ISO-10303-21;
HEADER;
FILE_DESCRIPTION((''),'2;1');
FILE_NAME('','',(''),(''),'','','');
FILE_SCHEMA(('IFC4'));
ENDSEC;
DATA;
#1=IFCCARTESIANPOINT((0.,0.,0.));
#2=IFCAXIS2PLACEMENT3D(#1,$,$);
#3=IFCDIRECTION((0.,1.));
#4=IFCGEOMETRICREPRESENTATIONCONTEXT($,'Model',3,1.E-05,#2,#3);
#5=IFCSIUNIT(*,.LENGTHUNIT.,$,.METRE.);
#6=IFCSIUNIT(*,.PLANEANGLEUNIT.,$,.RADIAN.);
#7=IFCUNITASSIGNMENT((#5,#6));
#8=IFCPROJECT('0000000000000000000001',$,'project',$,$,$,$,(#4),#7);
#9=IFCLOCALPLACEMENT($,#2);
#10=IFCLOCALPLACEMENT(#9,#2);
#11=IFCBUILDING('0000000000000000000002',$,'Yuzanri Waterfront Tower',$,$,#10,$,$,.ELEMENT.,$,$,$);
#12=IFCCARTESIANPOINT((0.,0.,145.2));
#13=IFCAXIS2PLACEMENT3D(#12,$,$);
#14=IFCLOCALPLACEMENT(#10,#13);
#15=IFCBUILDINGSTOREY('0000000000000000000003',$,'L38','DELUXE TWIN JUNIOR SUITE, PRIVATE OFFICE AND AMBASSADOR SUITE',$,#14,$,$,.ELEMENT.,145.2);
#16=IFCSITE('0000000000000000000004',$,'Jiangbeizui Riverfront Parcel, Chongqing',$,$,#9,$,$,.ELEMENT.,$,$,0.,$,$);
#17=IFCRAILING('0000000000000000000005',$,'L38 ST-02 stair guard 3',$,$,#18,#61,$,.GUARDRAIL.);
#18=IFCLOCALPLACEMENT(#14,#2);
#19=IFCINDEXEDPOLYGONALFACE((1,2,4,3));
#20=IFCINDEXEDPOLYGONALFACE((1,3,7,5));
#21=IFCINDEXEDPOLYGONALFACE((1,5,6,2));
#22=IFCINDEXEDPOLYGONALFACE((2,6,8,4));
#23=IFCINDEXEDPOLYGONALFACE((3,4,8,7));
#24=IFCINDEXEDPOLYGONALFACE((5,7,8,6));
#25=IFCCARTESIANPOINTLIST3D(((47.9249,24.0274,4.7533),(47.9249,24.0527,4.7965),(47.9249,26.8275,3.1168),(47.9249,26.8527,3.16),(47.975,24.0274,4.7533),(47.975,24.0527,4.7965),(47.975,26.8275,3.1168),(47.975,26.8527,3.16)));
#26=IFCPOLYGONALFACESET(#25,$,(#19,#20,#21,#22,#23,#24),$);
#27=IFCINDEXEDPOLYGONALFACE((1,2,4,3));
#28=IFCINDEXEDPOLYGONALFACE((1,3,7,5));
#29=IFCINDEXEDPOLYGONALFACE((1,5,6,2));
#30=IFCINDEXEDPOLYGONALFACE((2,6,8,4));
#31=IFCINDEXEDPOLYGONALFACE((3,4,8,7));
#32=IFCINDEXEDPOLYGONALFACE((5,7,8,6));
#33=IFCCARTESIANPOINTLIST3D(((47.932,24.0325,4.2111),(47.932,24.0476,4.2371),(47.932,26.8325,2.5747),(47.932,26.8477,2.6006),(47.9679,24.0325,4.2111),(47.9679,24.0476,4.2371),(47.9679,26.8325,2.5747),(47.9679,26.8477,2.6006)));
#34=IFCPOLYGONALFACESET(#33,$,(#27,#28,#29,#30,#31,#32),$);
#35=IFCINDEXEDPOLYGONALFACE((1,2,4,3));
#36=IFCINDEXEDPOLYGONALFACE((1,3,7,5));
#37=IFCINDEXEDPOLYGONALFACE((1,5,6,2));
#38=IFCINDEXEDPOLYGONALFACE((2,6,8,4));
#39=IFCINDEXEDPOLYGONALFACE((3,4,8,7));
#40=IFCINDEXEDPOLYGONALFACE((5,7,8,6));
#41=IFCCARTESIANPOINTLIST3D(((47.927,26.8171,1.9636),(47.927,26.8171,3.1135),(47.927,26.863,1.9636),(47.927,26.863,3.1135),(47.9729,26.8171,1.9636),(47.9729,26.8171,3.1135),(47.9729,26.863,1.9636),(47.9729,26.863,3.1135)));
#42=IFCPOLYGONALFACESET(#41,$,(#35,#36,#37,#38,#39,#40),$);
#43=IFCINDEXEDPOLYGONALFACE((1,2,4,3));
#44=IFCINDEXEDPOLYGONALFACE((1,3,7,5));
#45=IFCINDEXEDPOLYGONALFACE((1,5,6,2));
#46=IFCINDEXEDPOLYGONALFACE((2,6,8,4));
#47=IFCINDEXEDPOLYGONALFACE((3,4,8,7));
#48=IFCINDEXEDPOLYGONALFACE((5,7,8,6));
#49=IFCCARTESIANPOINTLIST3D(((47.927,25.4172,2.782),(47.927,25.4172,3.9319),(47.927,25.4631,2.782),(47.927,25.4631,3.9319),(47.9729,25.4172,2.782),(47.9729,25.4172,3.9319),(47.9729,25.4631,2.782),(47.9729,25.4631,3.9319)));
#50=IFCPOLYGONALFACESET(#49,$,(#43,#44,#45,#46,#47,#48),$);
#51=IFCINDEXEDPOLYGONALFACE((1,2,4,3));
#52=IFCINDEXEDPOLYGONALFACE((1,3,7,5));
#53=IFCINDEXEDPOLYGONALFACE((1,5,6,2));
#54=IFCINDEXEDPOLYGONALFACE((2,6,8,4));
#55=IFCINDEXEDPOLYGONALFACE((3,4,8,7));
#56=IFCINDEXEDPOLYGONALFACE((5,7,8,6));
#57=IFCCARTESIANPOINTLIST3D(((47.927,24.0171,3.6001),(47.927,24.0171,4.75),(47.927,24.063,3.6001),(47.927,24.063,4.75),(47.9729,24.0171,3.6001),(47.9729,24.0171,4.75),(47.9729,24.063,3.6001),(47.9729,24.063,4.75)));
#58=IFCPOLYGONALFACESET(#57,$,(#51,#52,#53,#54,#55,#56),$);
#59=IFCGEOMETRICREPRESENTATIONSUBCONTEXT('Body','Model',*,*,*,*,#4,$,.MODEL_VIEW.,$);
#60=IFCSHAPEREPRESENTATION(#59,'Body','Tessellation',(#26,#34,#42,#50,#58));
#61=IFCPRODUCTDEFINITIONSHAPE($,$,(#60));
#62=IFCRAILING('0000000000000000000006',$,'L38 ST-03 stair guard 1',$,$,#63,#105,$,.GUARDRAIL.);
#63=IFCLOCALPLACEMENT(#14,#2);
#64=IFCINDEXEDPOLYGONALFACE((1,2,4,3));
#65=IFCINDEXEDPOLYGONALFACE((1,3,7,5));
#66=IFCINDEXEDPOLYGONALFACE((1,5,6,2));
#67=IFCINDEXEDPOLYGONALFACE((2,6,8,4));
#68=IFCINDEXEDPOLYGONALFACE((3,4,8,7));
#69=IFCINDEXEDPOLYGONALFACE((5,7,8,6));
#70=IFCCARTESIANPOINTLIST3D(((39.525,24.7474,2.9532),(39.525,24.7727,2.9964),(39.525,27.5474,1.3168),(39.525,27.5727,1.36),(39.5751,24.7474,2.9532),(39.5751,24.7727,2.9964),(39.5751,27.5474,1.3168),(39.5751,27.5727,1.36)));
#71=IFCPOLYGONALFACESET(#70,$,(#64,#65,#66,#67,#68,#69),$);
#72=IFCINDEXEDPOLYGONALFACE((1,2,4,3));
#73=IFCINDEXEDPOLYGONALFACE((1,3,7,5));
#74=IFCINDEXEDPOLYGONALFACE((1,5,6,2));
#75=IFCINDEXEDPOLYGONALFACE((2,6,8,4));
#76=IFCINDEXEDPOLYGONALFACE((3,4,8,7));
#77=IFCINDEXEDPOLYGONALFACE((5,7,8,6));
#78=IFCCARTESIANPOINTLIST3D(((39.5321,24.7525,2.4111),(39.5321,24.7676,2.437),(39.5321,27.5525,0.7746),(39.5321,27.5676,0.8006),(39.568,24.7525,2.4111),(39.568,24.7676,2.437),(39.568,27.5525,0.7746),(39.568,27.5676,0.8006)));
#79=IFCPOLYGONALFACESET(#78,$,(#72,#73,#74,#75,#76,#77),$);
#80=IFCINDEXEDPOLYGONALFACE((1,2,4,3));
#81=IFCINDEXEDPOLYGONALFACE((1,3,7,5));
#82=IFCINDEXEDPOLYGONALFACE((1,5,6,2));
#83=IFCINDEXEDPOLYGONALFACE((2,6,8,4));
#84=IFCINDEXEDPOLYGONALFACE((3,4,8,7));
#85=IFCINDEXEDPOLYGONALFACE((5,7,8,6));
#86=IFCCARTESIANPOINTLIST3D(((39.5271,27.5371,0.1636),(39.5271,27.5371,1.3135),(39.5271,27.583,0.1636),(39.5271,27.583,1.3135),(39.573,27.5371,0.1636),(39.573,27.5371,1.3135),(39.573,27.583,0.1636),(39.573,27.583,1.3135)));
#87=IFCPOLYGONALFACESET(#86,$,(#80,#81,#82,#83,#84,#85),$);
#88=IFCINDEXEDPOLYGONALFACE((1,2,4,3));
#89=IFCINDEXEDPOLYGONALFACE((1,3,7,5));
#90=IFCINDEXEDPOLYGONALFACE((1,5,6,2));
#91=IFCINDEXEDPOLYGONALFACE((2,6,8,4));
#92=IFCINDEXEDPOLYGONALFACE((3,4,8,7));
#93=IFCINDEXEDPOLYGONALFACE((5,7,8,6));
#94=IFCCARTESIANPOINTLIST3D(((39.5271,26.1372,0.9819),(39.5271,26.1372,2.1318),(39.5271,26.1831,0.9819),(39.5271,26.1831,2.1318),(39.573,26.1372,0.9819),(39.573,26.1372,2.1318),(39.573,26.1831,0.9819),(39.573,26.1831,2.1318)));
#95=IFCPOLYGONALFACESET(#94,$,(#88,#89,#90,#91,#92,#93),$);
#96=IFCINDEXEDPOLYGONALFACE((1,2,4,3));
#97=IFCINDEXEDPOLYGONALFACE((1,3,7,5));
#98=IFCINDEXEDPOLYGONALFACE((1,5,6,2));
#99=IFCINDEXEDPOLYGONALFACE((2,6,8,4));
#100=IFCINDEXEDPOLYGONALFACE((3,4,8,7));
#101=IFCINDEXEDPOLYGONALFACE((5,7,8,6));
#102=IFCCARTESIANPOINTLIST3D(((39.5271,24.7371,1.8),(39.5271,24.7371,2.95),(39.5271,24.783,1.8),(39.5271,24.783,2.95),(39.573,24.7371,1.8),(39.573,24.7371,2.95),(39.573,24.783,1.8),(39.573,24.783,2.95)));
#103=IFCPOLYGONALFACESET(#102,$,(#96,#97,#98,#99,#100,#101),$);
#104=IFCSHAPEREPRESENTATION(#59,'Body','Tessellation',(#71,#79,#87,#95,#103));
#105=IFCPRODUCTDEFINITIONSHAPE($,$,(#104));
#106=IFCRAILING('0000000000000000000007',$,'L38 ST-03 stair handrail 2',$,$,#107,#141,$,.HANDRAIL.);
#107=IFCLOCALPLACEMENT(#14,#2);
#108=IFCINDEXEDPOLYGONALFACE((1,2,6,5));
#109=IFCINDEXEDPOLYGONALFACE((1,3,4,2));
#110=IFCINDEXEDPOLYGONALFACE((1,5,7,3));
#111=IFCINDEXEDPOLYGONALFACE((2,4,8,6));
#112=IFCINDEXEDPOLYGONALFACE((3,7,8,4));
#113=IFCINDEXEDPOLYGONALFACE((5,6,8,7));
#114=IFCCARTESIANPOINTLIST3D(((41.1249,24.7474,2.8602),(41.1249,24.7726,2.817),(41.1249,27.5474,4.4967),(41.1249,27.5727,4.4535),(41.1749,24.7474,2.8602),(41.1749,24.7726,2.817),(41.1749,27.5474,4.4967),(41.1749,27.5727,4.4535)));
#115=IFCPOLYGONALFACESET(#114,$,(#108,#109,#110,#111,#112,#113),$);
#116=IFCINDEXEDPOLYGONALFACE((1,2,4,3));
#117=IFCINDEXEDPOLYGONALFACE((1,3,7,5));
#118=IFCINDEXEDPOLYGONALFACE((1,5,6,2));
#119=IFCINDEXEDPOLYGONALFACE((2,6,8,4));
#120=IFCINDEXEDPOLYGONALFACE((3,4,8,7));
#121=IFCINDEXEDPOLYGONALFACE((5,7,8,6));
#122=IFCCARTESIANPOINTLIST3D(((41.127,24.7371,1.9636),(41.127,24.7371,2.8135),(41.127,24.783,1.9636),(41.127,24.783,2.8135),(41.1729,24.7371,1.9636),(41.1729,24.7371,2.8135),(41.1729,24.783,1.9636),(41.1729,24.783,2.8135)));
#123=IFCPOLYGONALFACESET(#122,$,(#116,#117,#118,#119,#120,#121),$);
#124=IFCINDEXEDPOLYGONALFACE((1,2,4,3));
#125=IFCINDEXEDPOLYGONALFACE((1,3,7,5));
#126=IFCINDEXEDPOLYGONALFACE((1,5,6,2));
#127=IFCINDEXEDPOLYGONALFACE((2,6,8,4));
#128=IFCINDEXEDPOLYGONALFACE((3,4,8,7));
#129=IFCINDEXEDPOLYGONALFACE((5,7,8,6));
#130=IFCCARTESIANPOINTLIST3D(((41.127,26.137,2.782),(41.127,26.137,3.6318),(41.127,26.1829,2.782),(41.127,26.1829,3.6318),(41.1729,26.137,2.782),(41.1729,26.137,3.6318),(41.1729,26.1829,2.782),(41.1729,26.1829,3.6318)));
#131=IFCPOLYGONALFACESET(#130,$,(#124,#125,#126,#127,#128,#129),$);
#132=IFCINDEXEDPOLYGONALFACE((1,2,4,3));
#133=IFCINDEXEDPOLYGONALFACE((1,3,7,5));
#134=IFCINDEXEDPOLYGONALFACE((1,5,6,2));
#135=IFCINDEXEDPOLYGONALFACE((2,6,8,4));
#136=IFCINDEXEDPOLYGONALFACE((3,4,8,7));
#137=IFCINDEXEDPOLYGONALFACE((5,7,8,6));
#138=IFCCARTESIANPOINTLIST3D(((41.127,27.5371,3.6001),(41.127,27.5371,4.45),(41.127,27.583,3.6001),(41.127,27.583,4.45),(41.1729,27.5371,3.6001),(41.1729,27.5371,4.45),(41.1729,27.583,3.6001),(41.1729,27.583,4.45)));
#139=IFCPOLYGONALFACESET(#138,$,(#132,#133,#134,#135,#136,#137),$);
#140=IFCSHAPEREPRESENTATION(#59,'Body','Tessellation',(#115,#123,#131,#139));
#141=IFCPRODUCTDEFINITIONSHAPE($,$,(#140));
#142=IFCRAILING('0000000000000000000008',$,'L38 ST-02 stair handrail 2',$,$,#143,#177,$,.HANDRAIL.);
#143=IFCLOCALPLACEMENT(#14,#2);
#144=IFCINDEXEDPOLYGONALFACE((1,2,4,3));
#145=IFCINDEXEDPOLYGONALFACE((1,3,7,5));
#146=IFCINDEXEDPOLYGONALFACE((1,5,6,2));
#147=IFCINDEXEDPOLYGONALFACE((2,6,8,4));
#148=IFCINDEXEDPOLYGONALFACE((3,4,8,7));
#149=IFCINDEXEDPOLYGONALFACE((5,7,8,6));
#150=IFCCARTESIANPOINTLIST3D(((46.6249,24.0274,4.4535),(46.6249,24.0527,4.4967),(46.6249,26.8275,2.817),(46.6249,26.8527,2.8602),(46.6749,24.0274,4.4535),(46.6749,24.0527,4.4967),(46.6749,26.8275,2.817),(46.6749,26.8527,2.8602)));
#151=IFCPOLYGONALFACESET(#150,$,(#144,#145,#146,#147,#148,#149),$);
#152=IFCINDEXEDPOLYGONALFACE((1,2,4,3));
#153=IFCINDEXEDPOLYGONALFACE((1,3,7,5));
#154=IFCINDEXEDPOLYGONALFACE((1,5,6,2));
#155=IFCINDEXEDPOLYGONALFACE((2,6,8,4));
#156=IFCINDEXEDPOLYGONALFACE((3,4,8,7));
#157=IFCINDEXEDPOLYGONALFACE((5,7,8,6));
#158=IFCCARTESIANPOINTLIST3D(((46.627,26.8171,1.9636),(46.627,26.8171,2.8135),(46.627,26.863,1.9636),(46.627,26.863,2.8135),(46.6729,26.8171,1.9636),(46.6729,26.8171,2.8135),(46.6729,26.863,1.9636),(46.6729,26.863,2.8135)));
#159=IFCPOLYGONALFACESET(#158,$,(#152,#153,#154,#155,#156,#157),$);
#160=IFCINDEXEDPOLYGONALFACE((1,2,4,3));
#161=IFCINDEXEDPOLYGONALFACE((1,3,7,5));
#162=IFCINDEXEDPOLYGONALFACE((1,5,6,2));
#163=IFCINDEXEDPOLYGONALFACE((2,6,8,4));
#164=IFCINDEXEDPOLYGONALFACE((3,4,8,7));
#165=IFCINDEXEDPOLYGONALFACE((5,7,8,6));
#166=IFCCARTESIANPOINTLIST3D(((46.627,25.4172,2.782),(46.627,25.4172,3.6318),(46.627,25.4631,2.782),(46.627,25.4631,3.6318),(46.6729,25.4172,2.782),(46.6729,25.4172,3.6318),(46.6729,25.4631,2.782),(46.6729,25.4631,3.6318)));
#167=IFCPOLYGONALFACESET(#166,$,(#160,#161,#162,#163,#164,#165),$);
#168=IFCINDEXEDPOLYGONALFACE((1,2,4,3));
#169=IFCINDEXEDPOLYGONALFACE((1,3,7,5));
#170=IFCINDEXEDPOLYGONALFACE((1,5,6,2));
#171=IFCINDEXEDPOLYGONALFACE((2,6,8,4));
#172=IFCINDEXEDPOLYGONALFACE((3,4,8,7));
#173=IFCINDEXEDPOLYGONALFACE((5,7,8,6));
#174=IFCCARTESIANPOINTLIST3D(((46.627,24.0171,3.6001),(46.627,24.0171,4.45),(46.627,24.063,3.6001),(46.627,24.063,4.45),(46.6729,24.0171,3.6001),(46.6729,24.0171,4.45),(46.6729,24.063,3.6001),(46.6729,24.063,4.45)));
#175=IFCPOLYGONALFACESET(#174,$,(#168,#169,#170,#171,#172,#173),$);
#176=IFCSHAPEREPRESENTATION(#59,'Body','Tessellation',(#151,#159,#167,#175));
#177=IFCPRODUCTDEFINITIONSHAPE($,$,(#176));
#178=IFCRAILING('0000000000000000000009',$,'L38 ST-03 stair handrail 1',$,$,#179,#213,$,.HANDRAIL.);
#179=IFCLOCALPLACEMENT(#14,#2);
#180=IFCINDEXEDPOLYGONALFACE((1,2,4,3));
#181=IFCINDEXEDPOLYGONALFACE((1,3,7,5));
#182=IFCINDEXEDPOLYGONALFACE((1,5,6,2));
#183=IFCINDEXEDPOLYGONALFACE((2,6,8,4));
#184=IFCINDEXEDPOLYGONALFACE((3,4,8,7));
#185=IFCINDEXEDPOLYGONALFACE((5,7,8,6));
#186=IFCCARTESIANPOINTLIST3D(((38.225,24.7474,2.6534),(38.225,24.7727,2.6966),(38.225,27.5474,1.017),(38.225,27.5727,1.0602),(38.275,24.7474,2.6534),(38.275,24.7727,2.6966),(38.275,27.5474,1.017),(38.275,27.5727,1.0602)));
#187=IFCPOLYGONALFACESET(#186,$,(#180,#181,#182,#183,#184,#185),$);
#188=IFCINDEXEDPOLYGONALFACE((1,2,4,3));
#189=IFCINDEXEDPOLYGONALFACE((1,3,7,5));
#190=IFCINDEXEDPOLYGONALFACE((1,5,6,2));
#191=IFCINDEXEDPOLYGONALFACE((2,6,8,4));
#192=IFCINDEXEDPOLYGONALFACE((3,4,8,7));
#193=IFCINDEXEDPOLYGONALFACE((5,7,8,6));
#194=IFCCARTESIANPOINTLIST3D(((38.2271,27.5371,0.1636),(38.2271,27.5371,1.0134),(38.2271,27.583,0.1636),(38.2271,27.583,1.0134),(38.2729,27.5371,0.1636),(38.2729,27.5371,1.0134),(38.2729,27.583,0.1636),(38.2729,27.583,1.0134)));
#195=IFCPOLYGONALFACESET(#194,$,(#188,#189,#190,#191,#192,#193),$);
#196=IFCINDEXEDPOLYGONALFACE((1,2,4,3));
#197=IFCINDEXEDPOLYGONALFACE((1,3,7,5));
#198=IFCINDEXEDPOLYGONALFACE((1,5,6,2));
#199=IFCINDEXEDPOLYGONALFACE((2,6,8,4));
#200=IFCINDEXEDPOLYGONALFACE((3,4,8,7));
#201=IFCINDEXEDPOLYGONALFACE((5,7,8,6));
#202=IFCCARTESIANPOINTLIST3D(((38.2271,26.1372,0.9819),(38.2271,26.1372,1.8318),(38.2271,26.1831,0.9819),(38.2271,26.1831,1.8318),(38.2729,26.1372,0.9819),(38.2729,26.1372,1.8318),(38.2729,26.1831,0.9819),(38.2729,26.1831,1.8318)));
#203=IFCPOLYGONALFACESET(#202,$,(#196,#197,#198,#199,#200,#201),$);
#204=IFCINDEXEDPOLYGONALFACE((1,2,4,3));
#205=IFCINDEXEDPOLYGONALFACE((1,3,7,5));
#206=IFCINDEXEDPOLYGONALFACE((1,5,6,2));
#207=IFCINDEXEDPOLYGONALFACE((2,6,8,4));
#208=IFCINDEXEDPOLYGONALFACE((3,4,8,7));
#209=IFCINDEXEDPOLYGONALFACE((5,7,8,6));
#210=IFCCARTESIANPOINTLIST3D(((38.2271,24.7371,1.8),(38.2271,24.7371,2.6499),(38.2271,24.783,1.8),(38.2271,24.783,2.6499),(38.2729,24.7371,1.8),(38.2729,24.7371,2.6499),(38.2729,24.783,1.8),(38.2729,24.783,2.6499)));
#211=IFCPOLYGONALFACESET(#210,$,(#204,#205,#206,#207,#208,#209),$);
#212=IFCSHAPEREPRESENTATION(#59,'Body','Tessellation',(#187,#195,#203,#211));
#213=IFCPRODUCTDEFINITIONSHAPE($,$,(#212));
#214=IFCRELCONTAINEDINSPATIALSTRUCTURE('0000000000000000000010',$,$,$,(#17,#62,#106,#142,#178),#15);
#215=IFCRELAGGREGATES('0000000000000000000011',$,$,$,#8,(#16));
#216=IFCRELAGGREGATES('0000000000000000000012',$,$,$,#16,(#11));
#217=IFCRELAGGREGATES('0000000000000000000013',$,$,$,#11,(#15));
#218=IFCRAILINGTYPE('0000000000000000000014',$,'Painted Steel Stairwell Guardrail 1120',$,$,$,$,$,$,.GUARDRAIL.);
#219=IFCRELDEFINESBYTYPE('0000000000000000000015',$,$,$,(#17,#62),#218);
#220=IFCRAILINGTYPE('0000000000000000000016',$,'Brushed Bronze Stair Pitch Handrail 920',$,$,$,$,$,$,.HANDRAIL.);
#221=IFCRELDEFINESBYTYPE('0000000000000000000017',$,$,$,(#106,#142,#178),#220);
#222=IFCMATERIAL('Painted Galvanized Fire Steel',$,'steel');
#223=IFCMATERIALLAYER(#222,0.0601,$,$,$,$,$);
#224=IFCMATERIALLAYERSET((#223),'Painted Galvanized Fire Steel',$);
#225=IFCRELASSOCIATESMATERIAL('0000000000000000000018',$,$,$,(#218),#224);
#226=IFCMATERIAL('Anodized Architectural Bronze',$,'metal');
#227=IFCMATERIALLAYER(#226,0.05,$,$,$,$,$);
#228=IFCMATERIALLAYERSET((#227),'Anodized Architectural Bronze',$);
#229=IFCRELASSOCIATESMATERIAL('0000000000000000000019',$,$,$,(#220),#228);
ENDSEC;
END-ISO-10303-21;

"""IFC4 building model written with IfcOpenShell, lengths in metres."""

from ifc_helpers import new_model, si_unit, direction, frame, origin, origin_2d, place, context, subcontext, project, spatial, rectangle, extrude, source, transform, mapped, material, layer, layer_set, type_object, element, save


model = new_model("IFC4")

# Units and contexts
model_context = context("Model", 3, precision=1e-05, world=origin(), true_north=direction((0.0, 1.0)))
body_context = subcontext(model_context, "Body", "Model", "MODEL_VIEW")
ifc_project = project(units=[si_unit("LENGTHUNIT", "METRE"), si_unit("PLANEANGLEUNIT", "RADIAN")], contexts=[model_context])

# Site, building, storey
site_placement = place(None, origin())
site = spatial("IfcSite", under=ifc_project, at=site_placement, Name="Jiangbeizui Riverfront Parcel, Chongqing", CompositionType="ELEMENT", RefElevation=0.0)
building_placement = place(site_placement, origin())
building = spatial("IfcBuilding", under=site, at=building_placement, Name="Yuzanri Waterfront Tower", CompositionType="ELEMENT")
storey_placement = place(building_placement, frame((0.0, 0.0, 145.2)))
storey = spatial("IfcBuildingStorey", under=building, at=storey_placement, Name="L38", Description="DELUXE TWIN JUNIOR SUITE, PRIVATE OFFICE AND AMBASSADOR SUITE", CompositionType="ELEMENT", Elevation=145.2)

# Railings
ifc_material_1 = material(Name="Painted Galvanized Fire Steel", Category="steel")
ifc_layer_1 = layer(ifc_material_1, 0.0601)
ifc_layer_set_1 = layer_set([ifc_layer_1], Name="Painted Galvanized Fire Steel")
railing_type_1 = type_object("IfcRailingType", Name="Painted Steel Stairwell Guardrail 1120", PredefinedType="GUARDRAIL", material=ifc_layer_set_1)
shared_shape_1 = source(origin(), body_context, "Body", "SweptSolid", [
    extrude(rectangle(XDim=0.05, YDim=0.05, at=origin_2d()), frame((0.0, 0.0, 1.1748), z_axis=(0.0, -0.863361, 0.504587), x_axis=(1.0, 0.0, 0.0)), (0.0, 0.0, 1.0), 3.2432),
    extrude(rectangle(XDim=0.0359, YDim=0.03, at=origin_2d()), frame((0.0, 0.0, 0.624), z_axis=(0.0, -0.863361, 0.504587), x_axis=(1.0, 0.0, 0.0)), (0.0, 0.0, 1.0), 3.2432),
    extrude(rectangle(XDim=0.0459, YDim=0.0459, at=origin_2d()), origin(), (0.0, 0.0, 1.0), 1.1499),
    extrude(rectangle(XDim=0.0459, YDim=0.0459, at=origin_2d()), frame((0.0, -1.3999, 0.8184)), (0.0, 0.0, 1.0), 1.1499),
    extrude(rectangle(XDim=0.0459, YDim=0.0459, at=origin_2d()), frame((0.0, -2.8, 1.6365)), (0.0, 0.0, 1.0), 1.1499),
])
for number, where, name in (
    (1, (47.95, 26.8401, 1.9636), "L38 ST-02 stair guard 3"),
    (2, (39.55, 27.5601, 0.1636), "L38 ST-03 stair guard 1"),
):
    element("IfcRailing", number, at=place(storey_placement, frame(where)), inside=storey, type_object=railing_type_1, Name=name, PredefinedType="GUARDRAIL", context=body_context, shape_type="MappedRepresentation", body=[
        mapped(shared_shape_1, transform((0.0, 0.0, 0.0), scale=1.0)),
    ])
ifc_material_2 = material(Name="Anodized Architectural Bronze", Category="metal")
ifc_layer_2 = layer(ifc_material_2, 0.05)
ifc_layer_set_2 = layer_set([ifc_layer_2], Name="Anodized Architectural Bronze")
railing_type_2 = type_object("IfcRailingType", Name="Brushed Bronze Stair Pitch Handrail 920", PredefinedType="HANDRAIL", material=ifc_layer_set_2)
shared_shape_2 = source(origin(), body_context, "Body", "SweptSolid", [
    extrude(rectangle(XDim=0.05, YDim=0.05, at=origin_2d()), frame((0.0, 0.0, 0.875), z_axis=(0.0, 0.863361, 0.504587), x_axis=(-1.0, 0.0, 0.0)), (0.0, 0.0, 1.0), 3.2432),
    extrude(rectangle(XDim=0.0459, YDim=0.0459, at=origin_2d()), origin(), (0.0, 0.0, 1.0), 0.8499),
    extrude(rectangle(XDim=0.0459, YDim=0.0459, at=origin_2d()), frame((0.0, 1.3999, 0.8184)), (0.0, 0.0, 1.0), 0.8499),
    extrude(rectangle(XDim=0.0459, YDim=0.0459, at=origin_2d()), frame((0.0, 2.8, 1.6365)), (0.0, 0.0, 1.0), 0.8499),
])
railing_1_placement = place(storey_placement, frame((41.1499, 24.76, 1.9636)))
element("IfcRailing", 3, at=railing_1_placement, inside=storey, type_object=railing_type_2, Name="L38 ST-03 stair handrail 2", PredefinedType="HANDRAIL", context=body_context, shape_type="MappedRepresentation", body=[
    mapped(shared_shape_2, transform((0.0, 0.0, 0.0), scale=1.0)),
])
shared_shape_3 = source(origin(), body_context, "Body", "SweptSolid", [
    extrude(rectangle(XDim=0.05, YDim=0.05, at=origin_2d()), frame((0.0, 0.0, 0.875), z_axis=(0.0, -0.863361, 0.504587), x_axis=(1.0, 0.0, 0.0)), (0.0, 0.0, 1.0), 3.2432),
    extrude(rectangle(XDim=0.0459, YDim=0.0459, at=origin_2d()), origin(), (0.0, 0.0, 1.0), 0.8499),
    extrude(rectangle(XDim=0.0459, YDim=0.0459, at=origin_2d()), frame((0.0, -1.3999, 0.8184)), (0.0, 0.0, 1.0), 0.8499),
    extrude(rectangle(XDim=0.0459, YDim=0.0459, at=origin_2d()), frame((0.0, -2.8, 1.6365)), (0.0, 0.0, 1.0), 0.8499),
])
for number, where, name in (
    (4, (46.6499, 26.8401, 1.9636), "L38 ST-02 stair handrail 2"),
    (5, (38.25, 27.5601, 0.1636), "L38 ST-03 stair handrail 1"),
):
    element("IfcRailing", number, at=place(storey_placement, frame(where)), inside=storey, type_object=railing_type_2, Name=name, PredefinedType="HANDRAIL", context=body_context, shape_type="MappedRepresentation", body=[
        mapped(shared_shape_3, transform((0.0, 0.0, 0.0), scale=1.0)),
    ])

save(model, "model.ifc")
